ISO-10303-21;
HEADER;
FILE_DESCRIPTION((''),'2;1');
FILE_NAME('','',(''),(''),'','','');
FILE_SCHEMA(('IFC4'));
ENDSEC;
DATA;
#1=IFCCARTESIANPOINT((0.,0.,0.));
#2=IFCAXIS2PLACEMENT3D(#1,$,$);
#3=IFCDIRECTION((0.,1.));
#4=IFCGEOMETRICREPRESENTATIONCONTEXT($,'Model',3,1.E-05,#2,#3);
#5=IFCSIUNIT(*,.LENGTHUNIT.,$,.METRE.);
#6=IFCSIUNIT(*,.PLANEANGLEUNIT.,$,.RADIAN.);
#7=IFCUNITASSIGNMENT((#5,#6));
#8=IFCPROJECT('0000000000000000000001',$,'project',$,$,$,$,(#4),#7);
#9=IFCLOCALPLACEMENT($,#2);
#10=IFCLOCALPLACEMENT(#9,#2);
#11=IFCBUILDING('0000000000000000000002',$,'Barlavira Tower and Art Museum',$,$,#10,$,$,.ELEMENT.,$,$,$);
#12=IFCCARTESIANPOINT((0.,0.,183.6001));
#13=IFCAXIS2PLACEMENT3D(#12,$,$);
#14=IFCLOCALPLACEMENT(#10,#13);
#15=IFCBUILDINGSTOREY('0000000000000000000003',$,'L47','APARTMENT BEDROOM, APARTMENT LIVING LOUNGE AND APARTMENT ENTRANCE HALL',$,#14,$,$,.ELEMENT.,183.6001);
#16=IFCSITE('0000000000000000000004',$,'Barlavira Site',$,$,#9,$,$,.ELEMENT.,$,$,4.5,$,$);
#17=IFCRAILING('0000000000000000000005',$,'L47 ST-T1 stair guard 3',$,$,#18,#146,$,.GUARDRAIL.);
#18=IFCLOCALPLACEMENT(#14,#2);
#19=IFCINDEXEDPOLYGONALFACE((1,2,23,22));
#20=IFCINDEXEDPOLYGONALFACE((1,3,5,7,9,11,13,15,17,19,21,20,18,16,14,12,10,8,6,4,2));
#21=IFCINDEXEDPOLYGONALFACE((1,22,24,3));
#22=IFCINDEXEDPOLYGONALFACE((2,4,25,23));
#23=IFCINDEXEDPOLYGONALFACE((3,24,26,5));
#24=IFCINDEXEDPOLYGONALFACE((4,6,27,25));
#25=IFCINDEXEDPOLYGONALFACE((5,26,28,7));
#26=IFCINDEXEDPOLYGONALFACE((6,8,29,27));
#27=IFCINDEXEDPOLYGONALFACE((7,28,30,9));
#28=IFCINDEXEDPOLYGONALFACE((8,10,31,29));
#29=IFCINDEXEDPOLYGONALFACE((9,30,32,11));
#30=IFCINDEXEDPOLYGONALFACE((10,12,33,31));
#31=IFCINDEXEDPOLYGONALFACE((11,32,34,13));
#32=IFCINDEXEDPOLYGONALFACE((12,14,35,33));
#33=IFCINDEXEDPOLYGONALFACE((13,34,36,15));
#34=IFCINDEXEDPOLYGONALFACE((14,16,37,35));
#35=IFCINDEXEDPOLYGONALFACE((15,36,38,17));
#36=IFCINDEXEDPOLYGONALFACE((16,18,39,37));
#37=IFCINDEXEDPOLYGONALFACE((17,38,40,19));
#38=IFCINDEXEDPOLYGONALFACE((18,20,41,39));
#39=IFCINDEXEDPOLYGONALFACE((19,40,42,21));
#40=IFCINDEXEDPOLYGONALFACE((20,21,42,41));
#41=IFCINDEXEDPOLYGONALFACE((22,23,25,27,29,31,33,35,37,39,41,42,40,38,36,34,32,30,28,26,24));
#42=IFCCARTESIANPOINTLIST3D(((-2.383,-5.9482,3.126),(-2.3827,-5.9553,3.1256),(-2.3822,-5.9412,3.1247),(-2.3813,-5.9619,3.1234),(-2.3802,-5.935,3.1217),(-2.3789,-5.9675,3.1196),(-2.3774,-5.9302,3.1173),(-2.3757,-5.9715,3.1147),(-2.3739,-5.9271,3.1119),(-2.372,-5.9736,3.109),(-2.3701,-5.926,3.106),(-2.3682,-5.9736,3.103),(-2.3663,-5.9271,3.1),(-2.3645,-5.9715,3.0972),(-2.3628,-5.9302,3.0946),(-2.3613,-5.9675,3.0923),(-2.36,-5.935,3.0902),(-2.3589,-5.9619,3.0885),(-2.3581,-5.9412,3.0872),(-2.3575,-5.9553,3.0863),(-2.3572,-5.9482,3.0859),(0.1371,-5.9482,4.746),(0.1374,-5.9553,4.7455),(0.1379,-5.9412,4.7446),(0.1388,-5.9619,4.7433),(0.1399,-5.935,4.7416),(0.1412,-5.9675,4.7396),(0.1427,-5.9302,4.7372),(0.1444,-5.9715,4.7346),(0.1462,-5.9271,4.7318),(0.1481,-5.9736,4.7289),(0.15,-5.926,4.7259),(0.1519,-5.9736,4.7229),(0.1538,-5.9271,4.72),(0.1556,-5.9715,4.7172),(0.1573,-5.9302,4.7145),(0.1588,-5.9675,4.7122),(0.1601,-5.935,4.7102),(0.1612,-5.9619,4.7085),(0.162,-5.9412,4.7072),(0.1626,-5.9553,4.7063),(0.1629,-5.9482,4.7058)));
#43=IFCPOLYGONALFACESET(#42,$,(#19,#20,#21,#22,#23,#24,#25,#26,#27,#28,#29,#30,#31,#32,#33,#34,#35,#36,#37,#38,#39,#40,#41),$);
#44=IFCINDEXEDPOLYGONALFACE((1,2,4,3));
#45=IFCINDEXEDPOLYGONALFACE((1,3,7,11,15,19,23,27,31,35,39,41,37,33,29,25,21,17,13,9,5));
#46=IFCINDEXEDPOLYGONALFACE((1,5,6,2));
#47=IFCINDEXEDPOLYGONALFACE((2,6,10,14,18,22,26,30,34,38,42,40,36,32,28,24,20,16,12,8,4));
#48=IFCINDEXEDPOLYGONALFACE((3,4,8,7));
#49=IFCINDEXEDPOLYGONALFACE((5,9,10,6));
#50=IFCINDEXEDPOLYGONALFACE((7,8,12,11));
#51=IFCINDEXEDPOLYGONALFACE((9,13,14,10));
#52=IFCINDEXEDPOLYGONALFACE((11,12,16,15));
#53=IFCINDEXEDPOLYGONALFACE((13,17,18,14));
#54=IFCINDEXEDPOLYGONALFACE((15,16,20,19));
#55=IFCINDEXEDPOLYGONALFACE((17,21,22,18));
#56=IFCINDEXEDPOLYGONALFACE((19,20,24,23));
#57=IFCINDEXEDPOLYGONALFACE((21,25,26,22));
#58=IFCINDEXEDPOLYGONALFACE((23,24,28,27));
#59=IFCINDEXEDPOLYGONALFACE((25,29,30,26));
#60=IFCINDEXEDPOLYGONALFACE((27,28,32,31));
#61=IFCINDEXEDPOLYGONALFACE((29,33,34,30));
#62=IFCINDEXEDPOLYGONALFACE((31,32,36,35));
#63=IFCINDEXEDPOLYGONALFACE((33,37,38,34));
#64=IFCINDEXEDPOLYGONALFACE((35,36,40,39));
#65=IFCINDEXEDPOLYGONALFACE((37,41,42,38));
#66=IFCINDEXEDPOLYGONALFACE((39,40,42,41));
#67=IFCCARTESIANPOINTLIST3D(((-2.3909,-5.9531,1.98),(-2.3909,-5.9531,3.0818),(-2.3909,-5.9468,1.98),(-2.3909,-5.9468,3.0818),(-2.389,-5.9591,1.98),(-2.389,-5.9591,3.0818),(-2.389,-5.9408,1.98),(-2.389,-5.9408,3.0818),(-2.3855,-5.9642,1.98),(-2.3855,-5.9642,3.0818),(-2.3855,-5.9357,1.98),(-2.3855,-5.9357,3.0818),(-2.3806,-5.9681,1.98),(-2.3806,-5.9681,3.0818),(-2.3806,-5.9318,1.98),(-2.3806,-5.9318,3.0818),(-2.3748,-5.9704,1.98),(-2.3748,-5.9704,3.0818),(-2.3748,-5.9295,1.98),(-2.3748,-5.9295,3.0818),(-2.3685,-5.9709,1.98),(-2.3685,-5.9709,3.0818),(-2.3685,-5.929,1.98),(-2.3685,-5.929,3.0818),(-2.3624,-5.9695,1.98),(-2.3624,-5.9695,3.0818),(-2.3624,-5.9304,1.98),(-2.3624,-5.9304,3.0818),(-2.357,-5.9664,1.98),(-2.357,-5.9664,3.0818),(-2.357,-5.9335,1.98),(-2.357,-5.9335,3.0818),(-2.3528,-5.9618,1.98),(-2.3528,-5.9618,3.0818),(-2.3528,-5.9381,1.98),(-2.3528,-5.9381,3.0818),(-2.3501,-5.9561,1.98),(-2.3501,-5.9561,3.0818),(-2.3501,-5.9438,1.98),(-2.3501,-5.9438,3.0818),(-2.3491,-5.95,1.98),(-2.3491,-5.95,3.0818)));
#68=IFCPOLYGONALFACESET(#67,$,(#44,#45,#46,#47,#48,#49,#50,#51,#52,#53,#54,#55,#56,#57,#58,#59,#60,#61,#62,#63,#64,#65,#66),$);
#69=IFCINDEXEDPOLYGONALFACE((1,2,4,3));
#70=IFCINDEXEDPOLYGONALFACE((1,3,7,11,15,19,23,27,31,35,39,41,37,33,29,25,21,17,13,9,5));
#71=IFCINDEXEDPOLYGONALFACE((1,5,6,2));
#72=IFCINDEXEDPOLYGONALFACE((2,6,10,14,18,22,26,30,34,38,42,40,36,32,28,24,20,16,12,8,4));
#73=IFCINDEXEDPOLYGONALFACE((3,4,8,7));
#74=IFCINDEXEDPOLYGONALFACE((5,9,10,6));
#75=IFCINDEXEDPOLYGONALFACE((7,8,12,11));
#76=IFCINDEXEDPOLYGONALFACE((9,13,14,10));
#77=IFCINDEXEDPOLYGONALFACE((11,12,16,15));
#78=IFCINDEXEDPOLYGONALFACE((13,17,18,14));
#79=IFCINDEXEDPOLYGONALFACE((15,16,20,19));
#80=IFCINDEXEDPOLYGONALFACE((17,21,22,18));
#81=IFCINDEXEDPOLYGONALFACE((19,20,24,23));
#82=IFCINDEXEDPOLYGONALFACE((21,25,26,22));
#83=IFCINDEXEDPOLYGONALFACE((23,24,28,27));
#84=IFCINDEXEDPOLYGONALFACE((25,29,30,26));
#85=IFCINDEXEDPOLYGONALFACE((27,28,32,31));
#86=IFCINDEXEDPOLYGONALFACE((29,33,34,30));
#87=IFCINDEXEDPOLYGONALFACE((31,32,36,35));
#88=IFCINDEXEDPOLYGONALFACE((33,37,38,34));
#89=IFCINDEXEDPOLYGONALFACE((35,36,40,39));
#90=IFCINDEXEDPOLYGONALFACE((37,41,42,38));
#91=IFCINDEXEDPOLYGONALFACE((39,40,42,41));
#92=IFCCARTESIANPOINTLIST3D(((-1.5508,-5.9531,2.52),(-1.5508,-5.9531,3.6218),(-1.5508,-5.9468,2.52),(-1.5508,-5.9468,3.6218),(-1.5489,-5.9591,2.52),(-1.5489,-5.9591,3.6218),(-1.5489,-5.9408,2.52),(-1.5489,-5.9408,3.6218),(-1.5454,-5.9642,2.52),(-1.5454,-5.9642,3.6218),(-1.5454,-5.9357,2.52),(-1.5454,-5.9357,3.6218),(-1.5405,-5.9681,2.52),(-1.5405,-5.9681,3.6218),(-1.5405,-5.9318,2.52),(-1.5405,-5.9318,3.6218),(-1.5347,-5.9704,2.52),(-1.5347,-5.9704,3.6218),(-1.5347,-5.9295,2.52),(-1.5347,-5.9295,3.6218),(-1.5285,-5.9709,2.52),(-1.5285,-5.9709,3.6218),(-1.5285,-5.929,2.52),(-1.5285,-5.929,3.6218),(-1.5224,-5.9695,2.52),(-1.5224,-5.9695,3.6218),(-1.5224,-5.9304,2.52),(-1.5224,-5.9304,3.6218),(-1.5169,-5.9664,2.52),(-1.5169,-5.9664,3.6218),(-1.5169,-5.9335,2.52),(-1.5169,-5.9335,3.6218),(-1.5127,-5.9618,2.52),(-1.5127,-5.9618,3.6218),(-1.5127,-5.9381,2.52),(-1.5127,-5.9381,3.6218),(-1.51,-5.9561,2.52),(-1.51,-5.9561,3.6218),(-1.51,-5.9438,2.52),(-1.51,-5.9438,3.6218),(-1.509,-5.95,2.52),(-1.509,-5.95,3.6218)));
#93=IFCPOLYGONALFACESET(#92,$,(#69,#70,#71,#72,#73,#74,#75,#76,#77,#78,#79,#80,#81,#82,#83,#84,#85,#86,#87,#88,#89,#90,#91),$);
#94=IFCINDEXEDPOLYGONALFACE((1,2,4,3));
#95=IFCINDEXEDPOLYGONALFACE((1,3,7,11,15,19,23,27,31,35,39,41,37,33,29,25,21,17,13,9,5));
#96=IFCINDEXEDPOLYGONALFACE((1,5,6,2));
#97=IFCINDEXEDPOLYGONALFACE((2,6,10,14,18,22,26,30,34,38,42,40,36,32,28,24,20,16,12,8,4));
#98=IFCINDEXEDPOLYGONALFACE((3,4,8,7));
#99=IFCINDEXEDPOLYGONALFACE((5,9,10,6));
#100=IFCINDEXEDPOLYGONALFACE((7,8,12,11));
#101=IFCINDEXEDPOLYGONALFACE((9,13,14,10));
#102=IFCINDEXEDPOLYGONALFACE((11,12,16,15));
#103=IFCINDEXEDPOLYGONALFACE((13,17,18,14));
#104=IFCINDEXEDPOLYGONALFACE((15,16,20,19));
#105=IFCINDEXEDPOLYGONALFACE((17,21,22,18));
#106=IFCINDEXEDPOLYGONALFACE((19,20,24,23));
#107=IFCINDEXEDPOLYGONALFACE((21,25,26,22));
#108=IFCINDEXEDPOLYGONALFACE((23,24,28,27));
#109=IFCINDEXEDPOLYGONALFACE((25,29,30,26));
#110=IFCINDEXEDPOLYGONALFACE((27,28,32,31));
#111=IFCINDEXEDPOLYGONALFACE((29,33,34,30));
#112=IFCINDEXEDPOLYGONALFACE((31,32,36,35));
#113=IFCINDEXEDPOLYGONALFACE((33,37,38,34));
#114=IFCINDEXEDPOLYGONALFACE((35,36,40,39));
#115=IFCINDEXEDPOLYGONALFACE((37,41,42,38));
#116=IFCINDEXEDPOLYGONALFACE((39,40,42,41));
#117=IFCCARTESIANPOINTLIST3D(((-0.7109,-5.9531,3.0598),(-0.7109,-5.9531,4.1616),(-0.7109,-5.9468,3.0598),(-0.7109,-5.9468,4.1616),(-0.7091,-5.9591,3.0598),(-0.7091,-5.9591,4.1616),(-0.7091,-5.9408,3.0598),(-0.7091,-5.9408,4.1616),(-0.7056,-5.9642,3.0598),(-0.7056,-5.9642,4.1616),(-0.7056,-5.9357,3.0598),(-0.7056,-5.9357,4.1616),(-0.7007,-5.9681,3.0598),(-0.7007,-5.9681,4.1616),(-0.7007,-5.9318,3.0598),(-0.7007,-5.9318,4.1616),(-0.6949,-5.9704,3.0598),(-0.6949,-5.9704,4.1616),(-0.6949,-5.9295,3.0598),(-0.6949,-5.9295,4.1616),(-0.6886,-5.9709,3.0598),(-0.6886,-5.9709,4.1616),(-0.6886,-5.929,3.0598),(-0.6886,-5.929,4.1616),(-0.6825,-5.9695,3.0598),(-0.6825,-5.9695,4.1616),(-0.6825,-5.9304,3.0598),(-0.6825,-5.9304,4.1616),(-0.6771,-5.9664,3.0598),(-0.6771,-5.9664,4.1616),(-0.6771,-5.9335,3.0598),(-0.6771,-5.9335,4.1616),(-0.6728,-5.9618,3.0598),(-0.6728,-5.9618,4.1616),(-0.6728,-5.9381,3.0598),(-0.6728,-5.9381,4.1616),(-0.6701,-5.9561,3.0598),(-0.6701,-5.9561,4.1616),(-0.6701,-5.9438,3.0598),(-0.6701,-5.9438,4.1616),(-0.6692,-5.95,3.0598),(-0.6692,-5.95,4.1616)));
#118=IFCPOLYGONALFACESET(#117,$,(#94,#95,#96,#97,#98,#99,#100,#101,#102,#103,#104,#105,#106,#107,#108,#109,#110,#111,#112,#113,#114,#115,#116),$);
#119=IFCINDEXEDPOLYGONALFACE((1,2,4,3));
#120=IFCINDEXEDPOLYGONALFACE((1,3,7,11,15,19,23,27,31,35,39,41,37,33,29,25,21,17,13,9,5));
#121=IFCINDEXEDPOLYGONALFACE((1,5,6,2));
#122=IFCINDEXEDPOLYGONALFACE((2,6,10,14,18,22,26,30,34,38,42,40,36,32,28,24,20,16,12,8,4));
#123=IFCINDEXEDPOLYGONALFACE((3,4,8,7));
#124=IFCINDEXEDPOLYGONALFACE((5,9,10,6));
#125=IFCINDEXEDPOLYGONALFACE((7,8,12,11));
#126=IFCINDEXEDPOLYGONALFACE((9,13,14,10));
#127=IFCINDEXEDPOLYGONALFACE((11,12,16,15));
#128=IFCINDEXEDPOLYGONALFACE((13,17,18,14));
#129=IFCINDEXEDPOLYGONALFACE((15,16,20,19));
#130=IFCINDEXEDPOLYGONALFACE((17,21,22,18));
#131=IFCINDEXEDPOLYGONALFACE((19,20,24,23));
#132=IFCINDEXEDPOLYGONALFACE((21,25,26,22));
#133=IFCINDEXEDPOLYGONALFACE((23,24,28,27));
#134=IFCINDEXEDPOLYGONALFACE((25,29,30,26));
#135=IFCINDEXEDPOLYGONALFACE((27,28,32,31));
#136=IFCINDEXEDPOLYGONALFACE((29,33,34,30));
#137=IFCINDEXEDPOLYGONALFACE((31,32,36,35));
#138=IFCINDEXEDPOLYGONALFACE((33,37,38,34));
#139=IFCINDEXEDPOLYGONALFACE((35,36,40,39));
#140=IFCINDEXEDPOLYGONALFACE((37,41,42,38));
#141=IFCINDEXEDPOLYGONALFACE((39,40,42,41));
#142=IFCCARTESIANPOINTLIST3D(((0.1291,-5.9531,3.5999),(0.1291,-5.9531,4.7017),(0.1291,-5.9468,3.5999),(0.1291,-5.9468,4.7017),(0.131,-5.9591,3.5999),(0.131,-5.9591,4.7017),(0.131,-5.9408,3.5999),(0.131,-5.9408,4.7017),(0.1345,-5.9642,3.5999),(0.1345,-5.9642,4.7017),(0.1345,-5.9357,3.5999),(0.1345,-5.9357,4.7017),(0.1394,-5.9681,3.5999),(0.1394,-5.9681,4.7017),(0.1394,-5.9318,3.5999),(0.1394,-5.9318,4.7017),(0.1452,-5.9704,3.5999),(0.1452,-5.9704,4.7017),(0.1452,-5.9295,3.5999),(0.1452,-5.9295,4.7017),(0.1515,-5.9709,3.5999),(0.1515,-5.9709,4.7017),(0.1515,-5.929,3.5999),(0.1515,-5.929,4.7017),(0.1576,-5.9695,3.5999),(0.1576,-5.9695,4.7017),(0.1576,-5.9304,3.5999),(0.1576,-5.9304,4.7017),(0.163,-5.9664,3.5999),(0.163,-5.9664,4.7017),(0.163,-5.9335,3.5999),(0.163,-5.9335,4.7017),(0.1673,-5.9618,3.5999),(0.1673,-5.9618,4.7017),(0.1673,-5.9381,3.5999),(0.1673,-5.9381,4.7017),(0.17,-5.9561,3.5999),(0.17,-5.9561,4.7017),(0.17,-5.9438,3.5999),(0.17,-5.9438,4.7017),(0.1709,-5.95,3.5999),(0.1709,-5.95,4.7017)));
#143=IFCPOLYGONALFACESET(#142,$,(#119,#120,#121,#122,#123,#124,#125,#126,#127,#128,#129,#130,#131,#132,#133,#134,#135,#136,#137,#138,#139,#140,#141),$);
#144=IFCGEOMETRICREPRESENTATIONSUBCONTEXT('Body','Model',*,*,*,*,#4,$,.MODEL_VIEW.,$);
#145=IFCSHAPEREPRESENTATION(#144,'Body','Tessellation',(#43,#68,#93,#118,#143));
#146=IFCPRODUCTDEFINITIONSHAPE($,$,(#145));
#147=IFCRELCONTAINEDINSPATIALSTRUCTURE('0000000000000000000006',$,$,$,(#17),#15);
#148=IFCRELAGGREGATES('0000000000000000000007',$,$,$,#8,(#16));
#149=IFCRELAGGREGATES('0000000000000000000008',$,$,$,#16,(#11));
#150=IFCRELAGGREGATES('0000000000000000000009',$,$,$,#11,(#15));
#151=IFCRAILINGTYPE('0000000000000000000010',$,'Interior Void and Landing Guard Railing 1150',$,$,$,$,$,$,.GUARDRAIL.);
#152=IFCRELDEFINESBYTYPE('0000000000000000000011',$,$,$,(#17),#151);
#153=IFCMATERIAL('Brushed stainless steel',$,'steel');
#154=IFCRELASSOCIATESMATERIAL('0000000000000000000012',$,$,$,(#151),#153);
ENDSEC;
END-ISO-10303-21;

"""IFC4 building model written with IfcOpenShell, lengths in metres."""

from ifc_helpers import new_model, si_unit, direction, frame, origin, origin_2d, place, context, subcontext, project, spatial, circle, extrude, material, type_object, element, save


model = new_model("IFC4")

# Units and contexts
model_context = context("Model", 3, precision=1e-05, world=origin(), true_north=direction((0.0, 1.0)))
body_context = subcontext(model_context, "Body", "Model", "MODEL_VIEW")
ifc_project = project(units=[si_unit("LENGTHUNIT", "METRE"), si_unit("PLANEANGLEUNIT", "RADIAN")], contexts=[model_context])

# Site, building, storey
site_placement = place(None, origin())
site = spatial("IfcSite", under=ifc_project, at=site_placement, Name="Barlavira Site", CompositionType="ELEMENT", RefElevation=4.5)
building_placement = place(site_placement, origin())
building = spatial("IfcBuilding", under=site, at=building_placement, Name="Barlavira Tower and Art Museum", CompositionType="ELEMENT")
storey_placement = place(building_placement, frame((0.0, 0.0, 183.6001)))
storey = spatial("IfcBuildingStorey", under=building, at=storey_placement, Name="L47", Description="APARTMENT BEDROOM, APARTMENT LIVING LOUNGE AND APARTMENT ENTRANCE HALL", CompositionType="ELEMENT", Elevation=183.6001)

# Shared definitions
ifc_material_1 = material(Name="Brushed stainless steel", Category="steel")

# Railing
railing_type_1 = type_object("IfcRailingType", Name="Interior Void and Landing Guard Railing 1150", PredefinedType="GUARDRAIL", material=ifc_material_1)
railing_1_placement = place(storey_placement, frame((-2.3701, -5.95, 1.98)))
element("IfcRailing", 1, at=railing_1_placement, inside=storey, type_object=railing_type_1, Name="L47 ST-T1 stair guard 3", PredefinedType="GUARDRAIL", context=body_context, shape_type="SweptSolid", body=[
    extrude(circle(Radius=0.0239, at=origin_2d()), frame((0.0, 0.0, 1.126), z_axis=(0.8412, 0.0, 0.540725), x_axis=(0.0, 1.0, 0.0)), (0.0, 0.0, 1.0), 2.9958),
    extrude(circle(Radius=0.021, at=origin_2d()), origin(), (0.0, 0.0, 1.0), 1.1018),
    extrude(circle(Radius=0.021, at=origin_2d()), frame((0.8401, 0.0, 0.54)), (0.0, 0.0, 1.0), 1.1018),
    extrude(circle(Radius=0.021, at=origin_2d()), frame((1.6799, 0.0, 1.0798)), (0.0, 0.0, 1.0), 1.1018),
    extrude(circle(Radius=0.021, at=origin_2d()), frame((2.52, 0.0, 1.6199)), (0.0, 0.0, 1.0), 1.1018),
])

save(model, "model.ifc")
